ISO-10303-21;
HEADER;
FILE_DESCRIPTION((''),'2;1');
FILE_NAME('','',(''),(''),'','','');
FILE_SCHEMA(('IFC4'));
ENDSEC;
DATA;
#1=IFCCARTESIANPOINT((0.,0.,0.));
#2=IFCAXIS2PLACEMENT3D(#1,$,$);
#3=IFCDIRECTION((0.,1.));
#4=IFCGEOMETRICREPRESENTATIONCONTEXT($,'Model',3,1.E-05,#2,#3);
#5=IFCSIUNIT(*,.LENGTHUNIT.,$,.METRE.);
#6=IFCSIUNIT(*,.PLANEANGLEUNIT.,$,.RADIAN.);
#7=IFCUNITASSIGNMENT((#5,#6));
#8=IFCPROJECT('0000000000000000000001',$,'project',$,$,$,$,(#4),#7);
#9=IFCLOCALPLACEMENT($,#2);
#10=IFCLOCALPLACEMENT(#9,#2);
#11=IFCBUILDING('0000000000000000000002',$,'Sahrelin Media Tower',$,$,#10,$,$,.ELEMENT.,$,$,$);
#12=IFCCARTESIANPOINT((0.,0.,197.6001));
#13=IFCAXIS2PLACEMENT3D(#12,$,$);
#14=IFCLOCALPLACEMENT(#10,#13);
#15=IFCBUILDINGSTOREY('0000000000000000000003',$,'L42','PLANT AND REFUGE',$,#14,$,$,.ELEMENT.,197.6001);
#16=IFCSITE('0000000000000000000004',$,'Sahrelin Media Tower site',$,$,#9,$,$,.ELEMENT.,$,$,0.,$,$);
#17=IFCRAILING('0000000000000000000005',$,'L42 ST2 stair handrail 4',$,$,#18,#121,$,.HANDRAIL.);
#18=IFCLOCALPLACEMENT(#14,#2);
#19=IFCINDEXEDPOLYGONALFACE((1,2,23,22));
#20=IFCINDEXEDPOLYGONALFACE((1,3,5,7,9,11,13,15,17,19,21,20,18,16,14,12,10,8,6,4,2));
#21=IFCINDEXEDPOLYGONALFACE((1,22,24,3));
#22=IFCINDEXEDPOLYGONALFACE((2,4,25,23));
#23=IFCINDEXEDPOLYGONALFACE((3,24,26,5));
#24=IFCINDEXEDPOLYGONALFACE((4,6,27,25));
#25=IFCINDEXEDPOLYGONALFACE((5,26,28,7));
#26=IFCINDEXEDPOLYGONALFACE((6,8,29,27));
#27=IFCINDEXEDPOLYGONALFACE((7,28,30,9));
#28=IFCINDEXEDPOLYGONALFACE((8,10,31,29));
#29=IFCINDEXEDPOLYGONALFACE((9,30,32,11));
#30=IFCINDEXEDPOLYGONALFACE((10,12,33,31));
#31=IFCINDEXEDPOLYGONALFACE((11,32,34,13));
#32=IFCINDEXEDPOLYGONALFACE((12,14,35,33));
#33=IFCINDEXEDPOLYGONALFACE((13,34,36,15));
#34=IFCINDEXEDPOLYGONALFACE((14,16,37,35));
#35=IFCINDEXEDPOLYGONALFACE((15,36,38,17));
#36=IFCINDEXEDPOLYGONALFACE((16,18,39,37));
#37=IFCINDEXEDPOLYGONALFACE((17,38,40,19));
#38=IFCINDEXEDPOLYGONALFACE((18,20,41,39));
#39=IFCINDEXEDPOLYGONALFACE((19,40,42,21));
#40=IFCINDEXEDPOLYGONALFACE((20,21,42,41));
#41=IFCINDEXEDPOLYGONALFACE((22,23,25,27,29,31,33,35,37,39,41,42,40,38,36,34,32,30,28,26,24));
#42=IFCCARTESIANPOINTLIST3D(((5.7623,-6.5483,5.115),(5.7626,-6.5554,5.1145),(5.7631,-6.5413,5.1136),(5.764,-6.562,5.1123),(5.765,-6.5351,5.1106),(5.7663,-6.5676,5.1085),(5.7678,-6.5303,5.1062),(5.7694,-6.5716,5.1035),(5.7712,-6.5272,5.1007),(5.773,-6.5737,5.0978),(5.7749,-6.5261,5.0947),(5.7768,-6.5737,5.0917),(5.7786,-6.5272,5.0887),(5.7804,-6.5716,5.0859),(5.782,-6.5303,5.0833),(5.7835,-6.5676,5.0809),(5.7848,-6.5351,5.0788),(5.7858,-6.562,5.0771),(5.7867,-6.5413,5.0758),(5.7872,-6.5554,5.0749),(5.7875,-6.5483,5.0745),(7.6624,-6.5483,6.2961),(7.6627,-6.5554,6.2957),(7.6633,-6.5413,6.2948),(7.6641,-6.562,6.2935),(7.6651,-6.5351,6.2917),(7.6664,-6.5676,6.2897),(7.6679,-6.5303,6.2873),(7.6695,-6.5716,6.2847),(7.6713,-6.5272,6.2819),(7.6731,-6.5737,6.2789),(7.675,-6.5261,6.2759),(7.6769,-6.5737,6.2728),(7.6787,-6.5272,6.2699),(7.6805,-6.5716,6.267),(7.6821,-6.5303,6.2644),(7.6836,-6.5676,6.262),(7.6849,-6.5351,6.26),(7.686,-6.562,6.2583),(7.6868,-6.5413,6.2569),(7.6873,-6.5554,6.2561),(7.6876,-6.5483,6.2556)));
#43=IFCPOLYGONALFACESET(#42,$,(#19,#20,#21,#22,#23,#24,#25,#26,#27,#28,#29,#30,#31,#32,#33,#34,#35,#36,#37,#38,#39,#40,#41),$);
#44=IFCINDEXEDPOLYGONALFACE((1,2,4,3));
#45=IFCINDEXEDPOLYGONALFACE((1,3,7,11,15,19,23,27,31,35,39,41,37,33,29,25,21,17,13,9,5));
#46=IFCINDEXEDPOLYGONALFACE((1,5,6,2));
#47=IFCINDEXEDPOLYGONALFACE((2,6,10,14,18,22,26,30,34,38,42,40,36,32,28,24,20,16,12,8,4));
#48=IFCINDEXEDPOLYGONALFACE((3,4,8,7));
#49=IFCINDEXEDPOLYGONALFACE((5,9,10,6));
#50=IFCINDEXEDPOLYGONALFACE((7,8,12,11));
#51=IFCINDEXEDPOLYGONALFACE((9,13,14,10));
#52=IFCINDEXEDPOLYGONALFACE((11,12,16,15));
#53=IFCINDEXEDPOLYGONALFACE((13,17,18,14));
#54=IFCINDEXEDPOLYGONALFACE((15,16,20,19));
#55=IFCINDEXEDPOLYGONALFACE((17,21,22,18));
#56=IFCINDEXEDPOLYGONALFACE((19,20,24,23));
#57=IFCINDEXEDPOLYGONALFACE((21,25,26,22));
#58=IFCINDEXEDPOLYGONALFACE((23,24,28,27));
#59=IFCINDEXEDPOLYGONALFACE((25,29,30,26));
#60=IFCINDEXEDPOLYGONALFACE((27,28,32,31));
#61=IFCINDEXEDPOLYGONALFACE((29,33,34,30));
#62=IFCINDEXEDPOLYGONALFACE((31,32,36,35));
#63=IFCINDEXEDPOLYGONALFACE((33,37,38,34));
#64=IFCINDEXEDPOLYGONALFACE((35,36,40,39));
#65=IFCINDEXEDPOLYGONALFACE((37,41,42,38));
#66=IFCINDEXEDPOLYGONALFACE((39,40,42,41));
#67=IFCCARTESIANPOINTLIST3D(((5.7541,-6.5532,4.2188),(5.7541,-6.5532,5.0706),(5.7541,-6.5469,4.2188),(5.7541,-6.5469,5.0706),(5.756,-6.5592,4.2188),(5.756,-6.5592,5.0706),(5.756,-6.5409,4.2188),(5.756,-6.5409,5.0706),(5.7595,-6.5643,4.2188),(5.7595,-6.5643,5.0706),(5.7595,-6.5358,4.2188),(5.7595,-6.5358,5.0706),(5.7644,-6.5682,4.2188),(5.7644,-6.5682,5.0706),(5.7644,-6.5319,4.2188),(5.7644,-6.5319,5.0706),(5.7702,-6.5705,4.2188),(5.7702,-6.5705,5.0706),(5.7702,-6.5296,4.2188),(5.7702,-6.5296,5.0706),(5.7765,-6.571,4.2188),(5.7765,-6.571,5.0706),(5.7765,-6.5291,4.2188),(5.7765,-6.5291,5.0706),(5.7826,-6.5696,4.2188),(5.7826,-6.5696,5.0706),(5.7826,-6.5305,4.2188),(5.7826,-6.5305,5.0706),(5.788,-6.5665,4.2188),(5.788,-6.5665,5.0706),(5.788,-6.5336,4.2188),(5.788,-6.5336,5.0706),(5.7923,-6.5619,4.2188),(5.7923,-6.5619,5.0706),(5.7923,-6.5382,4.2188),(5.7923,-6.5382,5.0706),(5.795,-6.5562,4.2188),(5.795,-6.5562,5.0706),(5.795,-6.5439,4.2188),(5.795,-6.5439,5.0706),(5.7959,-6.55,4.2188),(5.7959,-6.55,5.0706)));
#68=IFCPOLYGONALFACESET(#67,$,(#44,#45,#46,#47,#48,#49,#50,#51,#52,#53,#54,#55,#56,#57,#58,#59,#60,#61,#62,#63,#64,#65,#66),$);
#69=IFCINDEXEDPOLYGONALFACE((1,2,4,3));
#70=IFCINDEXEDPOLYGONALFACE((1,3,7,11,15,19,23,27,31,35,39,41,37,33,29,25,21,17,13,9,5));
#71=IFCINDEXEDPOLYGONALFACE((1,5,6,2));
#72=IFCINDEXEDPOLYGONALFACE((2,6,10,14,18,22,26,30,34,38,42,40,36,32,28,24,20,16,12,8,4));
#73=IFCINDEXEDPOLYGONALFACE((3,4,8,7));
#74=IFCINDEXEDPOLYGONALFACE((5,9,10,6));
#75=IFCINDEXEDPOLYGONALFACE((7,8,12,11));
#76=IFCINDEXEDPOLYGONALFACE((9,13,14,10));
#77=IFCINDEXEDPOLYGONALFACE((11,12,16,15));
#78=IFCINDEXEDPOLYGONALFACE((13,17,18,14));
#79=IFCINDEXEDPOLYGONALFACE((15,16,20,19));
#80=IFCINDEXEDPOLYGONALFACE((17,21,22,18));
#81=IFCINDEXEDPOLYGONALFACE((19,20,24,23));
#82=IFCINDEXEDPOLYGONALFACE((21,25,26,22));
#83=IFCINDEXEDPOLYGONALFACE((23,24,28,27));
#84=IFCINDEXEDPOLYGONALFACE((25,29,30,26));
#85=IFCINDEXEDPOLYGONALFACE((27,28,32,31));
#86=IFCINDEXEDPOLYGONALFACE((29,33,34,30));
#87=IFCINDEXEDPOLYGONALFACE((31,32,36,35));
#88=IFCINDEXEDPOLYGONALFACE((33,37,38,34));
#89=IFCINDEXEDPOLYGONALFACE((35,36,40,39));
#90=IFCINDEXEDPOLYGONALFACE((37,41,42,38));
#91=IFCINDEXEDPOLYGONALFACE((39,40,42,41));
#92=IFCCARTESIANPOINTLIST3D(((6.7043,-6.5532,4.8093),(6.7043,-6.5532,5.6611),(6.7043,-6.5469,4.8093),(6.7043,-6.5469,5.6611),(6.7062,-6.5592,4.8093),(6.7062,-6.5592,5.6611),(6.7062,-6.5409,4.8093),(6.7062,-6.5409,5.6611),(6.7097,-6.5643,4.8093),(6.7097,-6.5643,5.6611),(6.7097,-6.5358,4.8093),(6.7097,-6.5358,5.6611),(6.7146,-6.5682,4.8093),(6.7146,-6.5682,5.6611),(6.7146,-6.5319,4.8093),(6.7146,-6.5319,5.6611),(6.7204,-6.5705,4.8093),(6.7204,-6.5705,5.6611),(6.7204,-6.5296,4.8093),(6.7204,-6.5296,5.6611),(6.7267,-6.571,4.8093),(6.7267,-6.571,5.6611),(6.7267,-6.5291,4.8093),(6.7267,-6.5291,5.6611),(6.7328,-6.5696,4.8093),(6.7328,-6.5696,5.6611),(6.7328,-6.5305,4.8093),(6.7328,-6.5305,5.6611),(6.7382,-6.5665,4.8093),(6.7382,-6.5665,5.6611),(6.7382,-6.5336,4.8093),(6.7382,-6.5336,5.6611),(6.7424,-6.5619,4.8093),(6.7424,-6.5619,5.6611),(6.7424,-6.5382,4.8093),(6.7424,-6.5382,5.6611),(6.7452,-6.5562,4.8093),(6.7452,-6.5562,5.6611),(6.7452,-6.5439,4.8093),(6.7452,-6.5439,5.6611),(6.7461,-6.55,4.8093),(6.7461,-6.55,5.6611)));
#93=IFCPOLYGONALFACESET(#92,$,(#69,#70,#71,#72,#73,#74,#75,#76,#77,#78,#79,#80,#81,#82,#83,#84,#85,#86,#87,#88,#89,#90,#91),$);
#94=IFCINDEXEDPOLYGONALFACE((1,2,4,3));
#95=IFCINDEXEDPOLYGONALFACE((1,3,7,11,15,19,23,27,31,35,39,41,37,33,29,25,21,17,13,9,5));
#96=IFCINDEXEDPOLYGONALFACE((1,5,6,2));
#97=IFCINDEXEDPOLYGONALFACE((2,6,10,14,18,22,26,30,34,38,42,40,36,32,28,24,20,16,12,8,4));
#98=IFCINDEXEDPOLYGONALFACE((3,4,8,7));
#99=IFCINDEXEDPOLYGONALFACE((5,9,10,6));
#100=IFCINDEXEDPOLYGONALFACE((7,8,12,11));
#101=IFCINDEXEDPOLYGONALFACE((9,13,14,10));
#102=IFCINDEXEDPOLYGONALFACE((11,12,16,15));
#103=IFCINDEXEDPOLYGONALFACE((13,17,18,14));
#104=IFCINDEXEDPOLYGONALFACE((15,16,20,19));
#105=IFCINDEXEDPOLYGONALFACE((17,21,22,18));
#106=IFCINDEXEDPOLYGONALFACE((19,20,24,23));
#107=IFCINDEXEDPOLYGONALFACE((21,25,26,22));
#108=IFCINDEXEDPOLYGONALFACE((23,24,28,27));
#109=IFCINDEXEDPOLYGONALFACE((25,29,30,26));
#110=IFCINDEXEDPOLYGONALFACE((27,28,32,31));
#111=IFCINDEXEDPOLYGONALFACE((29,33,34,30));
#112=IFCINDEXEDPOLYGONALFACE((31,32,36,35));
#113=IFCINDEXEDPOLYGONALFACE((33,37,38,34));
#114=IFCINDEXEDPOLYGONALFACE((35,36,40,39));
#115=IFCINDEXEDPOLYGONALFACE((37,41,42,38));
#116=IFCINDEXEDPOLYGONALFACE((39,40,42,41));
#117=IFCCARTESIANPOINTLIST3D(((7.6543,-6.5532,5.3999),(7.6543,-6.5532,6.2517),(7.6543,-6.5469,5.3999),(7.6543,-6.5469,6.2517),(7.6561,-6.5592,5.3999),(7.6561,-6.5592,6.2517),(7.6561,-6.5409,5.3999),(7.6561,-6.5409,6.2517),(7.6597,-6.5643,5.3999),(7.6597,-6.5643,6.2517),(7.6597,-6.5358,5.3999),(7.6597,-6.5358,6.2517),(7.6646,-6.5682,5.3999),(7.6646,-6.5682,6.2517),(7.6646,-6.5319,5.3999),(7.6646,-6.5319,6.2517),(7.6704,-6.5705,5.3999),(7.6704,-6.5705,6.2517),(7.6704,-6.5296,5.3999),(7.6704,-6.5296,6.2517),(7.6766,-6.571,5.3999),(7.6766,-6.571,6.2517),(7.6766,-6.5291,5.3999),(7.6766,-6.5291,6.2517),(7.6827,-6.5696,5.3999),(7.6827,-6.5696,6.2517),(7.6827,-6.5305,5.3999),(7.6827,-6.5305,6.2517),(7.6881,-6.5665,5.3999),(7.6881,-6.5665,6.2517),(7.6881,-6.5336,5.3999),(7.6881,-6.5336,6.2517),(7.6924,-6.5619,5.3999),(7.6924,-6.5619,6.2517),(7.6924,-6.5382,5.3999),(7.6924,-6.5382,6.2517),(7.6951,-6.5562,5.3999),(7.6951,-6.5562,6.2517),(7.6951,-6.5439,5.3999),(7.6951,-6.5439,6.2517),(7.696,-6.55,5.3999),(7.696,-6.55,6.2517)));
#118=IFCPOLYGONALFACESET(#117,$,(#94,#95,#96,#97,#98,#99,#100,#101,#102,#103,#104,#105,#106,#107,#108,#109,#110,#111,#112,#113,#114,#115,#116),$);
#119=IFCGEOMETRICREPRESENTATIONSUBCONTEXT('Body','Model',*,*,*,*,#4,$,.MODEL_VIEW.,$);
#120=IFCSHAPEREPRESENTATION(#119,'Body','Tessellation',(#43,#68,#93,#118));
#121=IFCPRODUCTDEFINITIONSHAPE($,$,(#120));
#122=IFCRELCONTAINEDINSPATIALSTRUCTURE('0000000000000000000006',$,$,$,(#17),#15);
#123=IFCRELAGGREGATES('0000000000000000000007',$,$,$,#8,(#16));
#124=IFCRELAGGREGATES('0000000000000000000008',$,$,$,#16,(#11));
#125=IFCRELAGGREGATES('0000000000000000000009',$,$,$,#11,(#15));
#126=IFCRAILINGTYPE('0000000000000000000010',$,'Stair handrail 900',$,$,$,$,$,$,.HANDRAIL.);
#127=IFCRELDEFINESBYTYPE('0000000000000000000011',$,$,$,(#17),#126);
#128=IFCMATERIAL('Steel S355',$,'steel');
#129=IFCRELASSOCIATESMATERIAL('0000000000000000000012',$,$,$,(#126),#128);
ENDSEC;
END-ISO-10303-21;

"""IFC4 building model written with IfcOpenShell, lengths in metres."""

from ifc_helpers import new_model, si_unit, direction, frame, origin, origin_2d, place, context, subcontext, project, spatial, circle, extrude, material, type_object, element, save


model = new_model("IFC4")

# Units and contexts
model_context = context("Model", 3, precision=1e-05, world=origin(), true_north=direction((0.0, 1.0)))
body_context = subcontext(model_context, "Body", "Model", "MODEL_VIEW")
ifc_project = project(units=[si_unit("LENGTHUNIT", "METRE"), si_unit("PLANEANGLEUNIT", "RADIAN")], contexts=[model_context])

# Site, building, storey
site_placement = place(None, origin())
site = spatial("IfcSite", under=ifc_project, at=site_placement, Name="Sahrelin Media Tower site", CompositionType="ELEMENT", RefElevation=0.0)
building_placement = place(site_placement, origin())
building = spatial("IfcBuilding", under=site, at=building_placement, Name="Sahrelin Media Tower", CompositionType="ELEMENT")
storey_placement = place(building_placement, frame((0.0, 0.0, 197.6001)))
storey = spatial("IfcBuildingStorey", under=building, at=storey_placement, Name="L42", Description="PLANT AND REFUGE", CompositionType="ELEMENT", Elevation=197.6001)

# Railing
ifc_material_1 = material(Name="Steel S355", Category="steel")
railing_type_1 = type_object("IfcRailingType", Name="Stair handrail 900", PredefinedType="HANDRAIL", material=ifc_material_1)
railing_1_placement = place(storey_placement, frame((5.7749, -6.55, 4.2188)))
element("IfcRailing", 1, at=railing_1_placement, inside=storey, type_object=railing_type_1, Name="L42 ST2 stair handrail 4", PredefinedType="HANDRAIL", context=body_context, shape_type="SweptSolid", body=[
    extrude(circle(Radius=0.0239, at=origin_2d()), frame((0.0, 0.0, 0.876), z_axis=(0.849289, 0.0, 0.527928), x_axis=(0.0, 1.0, 0.0)), (0.0, 0.0, 1.0), 2.2373),
    extrude(circle(Radius=0.021, at=origin_2d()), origin(), (0.0, 0.0, 1.0), 0.8518),
    extrude(circle(Radius=0.021, at=origin_2d()), frame((0.9502, 0.0, 0.5906)), (0.0, 0.0, 1.0), 0.8518),
    extrude(circle(Radius=0.021, at=origin_2d()), frame((1.9001, 0.0, 1.1812)), (0.0, 0.0, 1.0), 0.8518),
])

save(model, "model.ifc")
